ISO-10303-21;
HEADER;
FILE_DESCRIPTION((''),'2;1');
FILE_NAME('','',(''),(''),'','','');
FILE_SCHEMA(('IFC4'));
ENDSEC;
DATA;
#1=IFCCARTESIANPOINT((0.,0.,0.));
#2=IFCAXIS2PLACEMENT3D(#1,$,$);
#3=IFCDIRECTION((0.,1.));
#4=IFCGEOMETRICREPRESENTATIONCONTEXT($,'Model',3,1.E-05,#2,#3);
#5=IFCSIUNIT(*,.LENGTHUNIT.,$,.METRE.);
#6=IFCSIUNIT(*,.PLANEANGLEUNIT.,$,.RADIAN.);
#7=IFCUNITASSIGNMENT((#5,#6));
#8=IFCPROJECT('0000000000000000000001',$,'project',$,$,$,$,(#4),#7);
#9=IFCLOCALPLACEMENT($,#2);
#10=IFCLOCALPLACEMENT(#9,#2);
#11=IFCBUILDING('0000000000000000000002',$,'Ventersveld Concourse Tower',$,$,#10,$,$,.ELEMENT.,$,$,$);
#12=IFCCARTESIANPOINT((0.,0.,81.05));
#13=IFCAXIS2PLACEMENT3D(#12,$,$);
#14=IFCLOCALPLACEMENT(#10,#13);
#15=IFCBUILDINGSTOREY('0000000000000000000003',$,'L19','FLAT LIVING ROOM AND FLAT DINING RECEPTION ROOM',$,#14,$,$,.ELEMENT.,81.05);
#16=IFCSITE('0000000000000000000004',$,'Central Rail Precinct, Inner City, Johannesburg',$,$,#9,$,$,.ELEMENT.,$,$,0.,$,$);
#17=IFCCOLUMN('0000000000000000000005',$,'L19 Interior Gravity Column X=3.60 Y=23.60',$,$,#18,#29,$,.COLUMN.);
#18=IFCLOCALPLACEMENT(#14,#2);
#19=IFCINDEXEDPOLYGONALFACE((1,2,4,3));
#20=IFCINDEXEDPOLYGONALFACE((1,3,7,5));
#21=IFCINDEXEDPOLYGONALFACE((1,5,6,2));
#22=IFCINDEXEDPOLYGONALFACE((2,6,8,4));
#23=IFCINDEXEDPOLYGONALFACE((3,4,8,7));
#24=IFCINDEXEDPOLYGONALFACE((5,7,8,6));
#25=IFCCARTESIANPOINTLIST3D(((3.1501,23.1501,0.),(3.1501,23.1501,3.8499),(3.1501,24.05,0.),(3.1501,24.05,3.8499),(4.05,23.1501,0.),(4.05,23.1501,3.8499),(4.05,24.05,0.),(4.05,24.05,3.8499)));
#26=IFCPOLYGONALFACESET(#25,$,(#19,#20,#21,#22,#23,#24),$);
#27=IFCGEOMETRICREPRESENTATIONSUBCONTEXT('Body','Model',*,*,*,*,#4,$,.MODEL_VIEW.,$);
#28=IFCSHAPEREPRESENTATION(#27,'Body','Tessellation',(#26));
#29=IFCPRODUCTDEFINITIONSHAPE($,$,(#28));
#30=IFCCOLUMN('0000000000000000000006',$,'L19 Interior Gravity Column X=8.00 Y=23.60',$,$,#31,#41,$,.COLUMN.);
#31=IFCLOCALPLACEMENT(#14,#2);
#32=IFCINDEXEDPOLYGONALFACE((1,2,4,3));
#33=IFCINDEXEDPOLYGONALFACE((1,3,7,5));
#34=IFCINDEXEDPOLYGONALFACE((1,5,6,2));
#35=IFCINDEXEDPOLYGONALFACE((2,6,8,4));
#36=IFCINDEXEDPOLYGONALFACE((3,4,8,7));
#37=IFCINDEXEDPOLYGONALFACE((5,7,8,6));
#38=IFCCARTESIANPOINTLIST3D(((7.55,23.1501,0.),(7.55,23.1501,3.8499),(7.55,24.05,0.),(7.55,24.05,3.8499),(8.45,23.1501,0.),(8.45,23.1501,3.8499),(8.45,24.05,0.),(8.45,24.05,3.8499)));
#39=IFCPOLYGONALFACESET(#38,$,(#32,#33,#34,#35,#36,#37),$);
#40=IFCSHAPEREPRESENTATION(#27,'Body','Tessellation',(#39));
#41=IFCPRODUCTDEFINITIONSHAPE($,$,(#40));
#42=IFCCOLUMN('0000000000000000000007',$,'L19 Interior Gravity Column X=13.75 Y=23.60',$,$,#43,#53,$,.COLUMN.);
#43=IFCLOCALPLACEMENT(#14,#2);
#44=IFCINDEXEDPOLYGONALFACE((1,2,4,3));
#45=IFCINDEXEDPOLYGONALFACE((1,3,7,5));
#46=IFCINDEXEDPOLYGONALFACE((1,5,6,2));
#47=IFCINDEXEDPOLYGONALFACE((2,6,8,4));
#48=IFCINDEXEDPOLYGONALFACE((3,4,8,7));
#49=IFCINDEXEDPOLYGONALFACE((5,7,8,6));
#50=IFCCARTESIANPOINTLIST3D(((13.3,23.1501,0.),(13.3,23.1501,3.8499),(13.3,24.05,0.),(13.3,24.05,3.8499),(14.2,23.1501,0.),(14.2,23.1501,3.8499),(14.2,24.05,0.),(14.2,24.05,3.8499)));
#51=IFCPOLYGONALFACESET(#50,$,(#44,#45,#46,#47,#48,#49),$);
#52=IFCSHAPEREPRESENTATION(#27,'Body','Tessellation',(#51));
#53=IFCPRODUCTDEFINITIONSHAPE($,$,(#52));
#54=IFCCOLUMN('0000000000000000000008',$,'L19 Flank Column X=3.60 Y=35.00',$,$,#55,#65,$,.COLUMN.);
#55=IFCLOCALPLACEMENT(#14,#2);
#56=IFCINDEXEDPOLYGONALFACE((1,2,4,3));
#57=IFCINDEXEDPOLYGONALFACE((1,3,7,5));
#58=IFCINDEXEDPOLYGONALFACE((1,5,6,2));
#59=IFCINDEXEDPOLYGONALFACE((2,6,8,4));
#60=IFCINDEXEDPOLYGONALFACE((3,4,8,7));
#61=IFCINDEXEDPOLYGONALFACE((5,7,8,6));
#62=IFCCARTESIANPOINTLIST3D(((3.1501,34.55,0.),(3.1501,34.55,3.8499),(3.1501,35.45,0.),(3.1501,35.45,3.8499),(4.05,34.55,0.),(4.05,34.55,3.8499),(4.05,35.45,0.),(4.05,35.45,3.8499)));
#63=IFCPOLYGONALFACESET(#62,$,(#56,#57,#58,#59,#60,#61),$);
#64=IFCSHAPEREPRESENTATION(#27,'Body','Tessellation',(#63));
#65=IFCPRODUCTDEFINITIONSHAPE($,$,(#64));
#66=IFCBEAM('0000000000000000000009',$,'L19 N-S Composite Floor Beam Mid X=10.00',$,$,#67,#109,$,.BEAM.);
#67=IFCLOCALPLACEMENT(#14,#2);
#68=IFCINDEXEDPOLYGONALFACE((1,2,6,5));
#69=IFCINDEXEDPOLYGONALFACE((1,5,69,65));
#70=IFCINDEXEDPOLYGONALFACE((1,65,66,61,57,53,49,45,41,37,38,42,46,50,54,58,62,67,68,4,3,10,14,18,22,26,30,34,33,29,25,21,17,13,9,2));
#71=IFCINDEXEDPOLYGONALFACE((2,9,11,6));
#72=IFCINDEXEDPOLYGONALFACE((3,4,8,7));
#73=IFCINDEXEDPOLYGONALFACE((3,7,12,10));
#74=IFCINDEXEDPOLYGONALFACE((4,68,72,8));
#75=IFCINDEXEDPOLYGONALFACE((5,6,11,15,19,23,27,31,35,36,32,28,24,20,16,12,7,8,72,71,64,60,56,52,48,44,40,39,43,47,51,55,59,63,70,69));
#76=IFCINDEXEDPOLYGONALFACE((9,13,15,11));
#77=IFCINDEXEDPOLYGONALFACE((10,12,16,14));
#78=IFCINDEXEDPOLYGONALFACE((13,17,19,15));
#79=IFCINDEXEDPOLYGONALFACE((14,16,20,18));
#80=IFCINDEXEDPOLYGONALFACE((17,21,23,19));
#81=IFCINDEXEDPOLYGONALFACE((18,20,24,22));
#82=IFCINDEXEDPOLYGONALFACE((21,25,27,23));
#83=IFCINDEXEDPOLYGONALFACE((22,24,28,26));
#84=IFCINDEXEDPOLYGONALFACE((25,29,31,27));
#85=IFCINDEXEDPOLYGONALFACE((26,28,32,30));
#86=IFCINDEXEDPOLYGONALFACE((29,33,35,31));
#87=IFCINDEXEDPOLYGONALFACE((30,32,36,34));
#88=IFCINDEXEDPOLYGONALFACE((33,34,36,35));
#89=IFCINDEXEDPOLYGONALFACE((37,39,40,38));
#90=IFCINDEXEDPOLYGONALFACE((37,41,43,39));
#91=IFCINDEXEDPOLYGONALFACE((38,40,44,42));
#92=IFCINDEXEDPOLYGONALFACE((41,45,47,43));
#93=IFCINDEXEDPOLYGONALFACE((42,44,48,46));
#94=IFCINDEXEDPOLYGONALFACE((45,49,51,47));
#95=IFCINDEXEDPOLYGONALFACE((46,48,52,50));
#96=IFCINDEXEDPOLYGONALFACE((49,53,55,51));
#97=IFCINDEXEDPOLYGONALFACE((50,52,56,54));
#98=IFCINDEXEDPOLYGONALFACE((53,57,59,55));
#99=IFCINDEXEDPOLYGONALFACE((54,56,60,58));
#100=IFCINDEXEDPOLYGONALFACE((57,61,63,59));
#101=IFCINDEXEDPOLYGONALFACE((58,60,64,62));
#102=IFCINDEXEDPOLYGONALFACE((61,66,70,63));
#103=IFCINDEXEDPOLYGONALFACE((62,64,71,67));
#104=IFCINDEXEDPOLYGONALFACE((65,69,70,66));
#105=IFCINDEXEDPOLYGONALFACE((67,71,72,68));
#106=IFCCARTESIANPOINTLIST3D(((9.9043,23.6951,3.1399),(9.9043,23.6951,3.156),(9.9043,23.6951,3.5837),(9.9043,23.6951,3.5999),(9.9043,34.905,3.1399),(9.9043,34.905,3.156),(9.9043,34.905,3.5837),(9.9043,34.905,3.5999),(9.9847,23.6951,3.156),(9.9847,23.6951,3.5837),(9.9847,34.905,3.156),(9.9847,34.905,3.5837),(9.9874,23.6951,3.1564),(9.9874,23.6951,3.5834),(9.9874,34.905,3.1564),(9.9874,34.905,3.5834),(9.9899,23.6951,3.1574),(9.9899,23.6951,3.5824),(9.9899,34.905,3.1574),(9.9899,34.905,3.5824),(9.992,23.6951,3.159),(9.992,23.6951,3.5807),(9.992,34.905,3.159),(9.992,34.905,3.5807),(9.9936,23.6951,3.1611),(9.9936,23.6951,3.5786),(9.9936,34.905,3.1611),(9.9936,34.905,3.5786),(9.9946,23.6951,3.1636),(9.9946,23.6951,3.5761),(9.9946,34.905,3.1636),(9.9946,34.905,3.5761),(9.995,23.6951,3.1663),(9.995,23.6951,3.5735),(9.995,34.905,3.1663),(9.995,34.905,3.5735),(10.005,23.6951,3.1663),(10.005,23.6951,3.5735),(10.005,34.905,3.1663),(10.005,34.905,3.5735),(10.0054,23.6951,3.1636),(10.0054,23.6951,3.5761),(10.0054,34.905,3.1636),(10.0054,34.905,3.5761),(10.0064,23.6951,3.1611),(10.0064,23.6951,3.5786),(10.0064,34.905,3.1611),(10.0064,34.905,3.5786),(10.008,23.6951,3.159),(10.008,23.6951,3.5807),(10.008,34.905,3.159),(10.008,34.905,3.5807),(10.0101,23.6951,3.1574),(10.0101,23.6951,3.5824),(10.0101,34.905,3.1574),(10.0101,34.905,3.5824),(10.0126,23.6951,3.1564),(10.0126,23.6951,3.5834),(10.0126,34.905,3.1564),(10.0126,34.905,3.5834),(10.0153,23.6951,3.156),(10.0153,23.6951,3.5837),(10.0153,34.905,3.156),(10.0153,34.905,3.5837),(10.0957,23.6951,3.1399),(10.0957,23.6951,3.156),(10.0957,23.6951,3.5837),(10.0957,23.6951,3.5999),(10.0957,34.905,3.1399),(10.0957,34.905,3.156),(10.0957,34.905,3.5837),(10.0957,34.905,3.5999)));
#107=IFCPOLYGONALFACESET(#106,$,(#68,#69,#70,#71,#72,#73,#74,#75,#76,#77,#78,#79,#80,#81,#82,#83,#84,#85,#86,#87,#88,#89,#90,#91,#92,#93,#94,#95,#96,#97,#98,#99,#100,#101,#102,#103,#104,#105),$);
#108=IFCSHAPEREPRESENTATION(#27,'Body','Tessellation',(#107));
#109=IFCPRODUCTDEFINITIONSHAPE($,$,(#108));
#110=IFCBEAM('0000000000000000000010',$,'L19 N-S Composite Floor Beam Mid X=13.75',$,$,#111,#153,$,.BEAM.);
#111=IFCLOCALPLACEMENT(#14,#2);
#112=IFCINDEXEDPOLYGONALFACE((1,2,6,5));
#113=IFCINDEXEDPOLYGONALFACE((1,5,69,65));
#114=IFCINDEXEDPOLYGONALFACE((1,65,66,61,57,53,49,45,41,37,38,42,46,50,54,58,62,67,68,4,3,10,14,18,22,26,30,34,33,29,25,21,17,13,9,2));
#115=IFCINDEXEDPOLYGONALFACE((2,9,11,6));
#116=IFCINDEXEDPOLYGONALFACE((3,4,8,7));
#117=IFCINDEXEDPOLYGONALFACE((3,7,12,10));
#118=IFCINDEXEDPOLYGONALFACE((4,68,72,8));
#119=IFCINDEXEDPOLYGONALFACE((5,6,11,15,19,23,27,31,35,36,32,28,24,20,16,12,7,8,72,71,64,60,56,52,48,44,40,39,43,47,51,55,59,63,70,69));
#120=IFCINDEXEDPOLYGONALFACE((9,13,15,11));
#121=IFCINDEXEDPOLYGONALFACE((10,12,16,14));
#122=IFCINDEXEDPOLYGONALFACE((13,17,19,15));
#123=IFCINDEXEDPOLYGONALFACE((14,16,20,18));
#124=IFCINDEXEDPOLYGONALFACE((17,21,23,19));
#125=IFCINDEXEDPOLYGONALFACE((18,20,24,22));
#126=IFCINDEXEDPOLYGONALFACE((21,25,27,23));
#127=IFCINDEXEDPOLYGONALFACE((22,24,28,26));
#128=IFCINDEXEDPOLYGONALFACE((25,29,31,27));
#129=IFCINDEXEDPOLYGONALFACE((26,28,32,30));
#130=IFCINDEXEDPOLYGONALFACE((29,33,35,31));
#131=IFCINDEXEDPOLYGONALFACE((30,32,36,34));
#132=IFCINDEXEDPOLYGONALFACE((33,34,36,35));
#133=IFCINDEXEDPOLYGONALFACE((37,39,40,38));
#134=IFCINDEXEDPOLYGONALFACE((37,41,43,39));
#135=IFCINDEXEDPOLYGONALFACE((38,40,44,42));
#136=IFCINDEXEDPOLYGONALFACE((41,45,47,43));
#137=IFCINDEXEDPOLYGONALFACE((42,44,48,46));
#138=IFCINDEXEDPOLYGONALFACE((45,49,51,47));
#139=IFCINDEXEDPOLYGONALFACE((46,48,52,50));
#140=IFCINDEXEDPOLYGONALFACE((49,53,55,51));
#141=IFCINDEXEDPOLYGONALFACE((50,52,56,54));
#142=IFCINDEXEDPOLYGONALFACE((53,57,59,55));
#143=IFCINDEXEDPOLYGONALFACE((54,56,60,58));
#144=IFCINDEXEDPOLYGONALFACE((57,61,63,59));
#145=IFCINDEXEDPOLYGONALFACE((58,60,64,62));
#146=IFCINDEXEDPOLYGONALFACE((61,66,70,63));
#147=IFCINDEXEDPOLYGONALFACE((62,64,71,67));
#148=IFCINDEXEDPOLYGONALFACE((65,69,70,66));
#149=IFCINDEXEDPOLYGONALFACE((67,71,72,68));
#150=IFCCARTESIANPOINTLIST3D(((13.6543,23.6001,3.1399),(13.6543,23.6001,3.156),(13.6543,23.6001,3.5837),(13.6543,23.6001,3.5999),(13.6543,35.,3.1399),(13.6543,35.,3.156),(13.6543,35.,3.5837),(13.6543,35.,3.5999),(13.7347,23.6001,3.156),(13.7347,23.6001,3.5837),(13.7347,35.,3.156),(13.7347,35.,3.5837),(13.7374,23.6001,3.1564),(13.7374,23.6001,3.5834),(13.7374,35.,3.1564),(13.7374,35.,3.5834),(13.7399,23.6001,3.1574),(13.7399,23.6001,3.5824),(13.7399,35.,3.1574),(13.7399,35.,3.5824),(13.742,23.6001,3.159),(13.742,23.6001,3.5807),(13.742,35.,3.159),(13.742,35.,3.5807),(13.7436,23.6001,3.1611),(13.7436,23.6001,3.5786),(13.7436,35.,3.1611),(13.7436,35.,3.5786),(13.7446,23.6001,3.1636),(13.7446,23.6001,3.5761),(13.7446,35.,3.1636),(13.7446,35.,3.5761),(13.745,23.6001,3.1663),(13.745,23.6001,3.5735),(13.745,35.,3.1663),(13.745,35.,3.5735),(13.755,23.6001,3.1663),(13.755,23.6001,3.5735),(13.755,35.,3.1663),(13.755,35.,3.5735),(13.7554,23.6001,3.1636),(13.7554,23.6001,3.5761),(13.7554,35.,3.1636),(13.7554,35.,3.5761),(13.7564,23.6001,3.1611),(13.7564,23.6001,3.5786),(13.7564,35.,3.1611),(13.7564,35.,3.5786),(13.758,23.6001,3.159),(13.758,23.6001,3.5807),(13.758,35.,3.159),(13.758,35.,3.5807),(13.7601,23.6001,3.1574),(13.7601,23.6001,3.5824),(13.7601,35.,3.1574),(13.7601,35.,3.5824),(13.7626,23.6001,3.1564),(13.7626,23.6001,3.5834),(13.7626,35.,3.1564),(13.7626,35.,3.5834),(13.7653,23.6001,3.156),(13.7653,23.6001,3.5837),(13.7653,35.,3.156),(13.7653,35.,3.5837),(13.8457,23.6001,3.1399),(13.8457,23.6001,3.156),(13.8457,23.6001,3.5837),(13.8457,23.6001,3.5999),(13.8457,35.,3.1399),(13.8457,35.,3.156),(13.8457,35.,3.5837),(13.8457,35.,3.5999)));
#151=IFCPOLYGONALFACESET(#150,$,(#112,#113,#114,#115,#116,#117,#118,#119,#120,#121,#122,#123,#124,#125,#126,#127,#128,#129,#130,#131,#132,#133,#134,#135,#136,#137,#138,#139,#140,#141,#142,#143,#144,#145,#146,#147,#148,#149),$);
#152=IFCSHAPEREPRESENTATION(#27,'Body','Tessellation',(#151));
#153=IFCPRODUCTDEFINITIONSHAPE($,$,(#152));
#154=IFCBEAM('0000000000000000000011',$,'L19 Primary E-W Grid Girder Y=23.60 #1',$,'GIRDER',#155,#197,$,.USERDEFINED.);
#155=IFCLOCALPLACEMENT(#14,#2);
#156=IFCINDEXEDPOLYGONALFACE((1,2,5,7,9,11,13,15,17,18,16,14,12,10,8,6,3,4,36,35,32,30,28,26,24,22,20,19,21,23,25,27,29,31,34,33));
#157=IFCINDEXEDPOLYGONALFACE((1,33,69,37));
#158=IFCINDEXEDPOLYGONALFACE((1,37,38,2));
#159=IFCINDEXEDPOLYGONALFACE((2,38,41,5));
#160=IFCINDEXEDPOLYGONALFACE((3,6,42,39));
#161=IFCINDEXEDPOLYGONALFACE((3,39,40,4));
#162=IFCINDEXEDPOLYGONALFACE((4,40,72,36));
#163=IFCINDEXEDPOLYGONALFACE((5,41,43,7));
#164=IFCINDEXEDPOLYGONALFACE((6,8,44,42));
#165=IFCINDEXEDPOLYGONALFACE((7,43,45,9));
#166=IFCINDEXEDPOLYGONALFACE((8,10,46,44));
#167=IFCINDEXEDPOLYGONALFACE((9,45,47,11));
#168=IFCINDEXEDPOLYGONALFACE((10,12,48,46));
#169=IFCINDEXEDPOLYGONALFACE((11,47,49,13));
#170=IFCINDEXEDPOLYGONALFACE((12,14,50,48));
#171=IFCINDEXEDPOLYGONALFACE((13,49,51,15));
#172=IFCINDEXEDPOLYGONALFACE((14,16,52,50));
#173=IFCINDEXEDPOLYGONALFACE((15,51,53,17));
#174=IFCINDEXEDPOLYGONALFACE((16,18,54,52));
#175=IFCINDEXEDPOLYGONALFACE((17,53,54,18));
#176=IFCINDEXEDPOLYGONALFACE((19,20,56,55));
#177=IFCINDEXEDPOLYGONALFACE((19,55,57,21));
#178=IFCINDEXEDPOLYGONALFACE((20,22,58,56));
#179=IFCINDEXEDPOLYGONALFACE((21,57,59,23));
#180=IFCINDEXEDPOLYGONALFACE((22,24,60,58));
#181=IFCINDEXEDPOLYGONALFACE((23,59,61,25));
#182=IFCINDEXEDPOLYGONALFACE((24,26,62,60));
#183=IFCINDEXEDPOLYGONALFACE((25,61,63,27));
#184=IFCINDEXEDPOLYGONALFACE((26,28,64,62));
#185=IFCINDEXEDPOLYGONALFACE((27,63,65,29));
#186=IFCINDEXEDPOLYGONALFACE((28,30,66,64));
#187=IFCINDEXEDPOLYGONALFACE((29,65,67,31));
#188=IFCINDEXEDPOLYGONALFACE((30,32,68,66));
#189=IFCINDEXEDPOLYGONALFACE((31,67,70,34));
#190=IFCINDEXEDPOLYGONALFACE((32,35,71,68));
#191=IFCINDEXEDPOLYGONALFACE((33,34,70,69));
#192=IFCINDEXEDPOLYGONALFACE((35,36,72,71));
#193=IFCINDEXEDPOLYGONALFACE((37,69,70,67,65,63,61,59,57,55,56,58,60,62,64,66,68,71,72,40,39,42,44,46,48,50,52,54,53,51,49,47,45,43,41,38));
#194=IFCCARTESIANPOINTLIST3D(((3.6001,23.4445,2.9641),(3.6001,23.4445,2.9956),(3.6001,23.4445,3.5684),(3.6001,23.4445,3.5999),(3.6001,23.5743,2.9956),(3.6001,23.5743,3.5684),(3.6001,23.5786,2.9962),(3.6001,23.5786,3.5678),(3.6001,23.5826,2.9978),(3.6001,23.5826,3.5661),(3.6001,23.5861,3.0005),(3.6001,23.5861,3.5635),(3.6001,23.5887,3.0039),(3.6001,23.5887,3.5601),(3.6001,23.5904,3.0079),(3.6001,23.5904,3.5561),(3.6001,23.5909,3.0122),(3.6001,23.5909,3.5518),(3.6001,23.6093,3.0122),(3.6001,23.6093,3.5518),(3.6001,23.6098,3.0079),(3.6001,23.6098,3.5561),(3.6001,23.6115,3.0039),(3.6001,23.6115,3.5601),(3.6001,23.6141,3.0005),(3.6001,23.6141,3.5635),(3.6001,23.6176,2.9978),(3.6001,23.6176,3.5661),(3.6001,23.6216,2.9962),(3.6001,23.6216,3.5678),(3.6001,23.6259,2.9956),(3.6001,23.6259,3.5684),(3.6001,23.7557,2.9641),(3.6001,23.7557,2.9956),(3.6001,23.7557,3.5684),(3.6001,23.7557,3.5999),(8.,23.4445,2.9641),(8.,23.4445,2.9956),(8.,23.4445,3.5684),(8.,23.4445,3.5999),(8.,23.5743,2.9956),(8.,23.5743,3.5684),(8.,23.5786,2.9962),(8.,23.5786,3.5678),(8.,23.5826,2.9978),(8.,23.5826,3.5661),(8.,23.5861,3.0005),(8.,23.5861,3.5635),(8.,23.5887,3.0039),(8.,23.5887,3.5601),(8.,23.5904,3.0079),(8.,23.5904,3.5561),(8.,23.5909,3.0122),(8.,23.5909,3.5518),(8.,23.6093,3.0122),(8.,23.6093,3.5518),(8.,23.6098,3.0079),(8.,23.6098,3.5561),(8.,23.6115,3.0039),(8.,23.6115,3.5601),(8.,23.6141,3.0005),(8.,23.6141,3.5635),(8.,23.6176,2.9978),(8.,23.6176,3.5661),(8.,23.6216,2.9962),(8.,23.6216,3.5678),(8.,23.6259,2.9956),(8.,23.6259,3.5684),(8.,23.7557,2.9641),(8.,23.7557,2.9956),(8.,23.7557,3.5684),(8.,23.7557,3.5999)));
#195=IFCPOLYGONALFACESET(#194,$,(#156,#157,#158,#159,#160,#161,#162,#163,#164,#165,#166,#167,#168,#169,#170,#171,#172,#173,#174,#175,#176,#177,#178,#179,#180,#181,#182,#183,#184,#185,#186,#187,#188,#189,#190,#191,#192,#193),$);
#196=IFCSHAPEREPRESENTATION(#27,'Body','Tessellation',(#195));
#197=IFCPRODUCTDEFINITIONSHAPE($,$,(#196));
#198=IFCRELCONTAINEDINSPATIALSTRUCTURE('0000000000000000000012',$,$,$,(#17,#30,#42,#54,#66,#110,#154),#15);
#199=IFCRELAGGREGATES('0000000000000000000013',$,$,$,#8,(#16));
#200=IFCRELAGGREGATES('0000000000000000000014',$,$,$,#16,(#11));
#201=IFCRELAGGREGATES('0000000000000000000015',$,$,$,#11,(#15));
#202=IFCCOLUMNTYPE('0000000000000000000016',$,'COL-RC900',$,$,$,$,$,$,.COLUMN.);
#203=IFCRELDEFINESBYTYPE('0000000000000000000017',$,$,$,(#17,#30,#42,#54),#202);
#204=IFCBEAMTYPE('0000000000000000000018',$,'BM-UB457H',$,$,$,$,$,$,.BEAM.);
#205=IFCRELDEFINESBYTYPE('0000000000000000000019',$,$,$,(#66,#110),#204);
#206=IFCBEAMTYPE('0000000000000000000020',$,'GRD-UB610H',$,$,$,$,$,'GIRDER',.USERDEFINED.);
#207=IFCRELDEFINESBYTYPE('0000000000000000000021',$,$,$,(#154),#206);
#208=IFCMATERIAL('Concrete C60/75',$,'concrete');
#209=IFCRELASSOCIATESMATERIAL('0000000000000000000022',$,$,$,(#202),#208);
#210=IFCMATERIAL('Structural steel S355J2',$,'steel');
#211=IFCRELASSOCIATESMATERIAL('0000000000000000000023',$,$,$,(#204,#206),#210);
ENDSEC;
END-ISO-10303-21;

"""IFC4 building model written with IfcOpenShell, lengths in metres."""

from ifc_helpers import new_model, si_unit, direction, frame, origin, origin_2d, place, context, subcontext, project, spatial, rectangle, i_section, extrude, material, material_profile, profile_set, type_object, element, save


model = new_model("IFC4")

# Units and contexts
model_context = context("Model", 3, precision=1e-05, world=origin(), true_north=direction((0.0, 1.0)))
body_context = subcontext(model_context, "Body", "Model", "MODEL_VIEW")
ifc_project = project(units=[si_unit("LENGTHUNIT", "METRE"), si_unit("PLANEANGLEUNIT", "RADIAN")], contexts=[model_context])

# Site, building, storey
site_placement = place(None, origin())
site = spatial("IfcSite", under=ifc_project, at=site_placement, Name="Central Rail Precinct, Inner City, Johannesburg", CompositionType="ELEMENT", RefElevation=0.0)
building_placement = place(site_placement, origin())
building = spatial("IfcBuilding", under=site, at=building_placement, Name="Ventersveld Concourse Tower", CompositionType="ELEMENT")
storey_placement = place(building_placement, frame((0.0, 0.0, 81.05)))
storey = spatial("IfcBuildingStorey", under=building, at=storey_placement, Name="L19", Description="FLAT LIVING ROOM AND FLAT DINING RECEPTION ROOM", CompositionType="ELEMENT", Elevation=81.05)

# Columns
ifc_material_1 = material(Name="Concrete C60/75", Category="concrete")
ifc_material_profile_1 = material_profile(ifc_material_1, rectangle(XDim=0.8999, YDim=0.8999, at=origin_2d()), Name="RC 900x900")
ifc_profile_set_1 = profile_set([ifc_material_profile_1], Name="Concrete C60/75")
column_type = type_object("IfcColumnType", Name="COL-RC900", PredefinedType="COLUMN", material=ifc_profile_set_1)
for number, where, z_axis, x_axis, name in (
    (1, (3.6001, 23.6001, 0.0), (0.0, 0.0, 1.0), (1.0, 0.0, 0.0), "L19 Interior Gravity Column X=3.60 Y=23.60"),
    (2, (8.0, 23.6001, 0.0), (0.0, 0.0, 1.0), (1.0, 0.0, 0.0), "L19 Interior Gravity Column X=8.00 Y=23.60"),
    (3, (13.75, 23.6001, 0.0), (0.0, 0.0, 1.0), (1.0, 0.0, 0.0), "L19 Interior Gravity Column X=13.75 Y=23.60"),
    (4, (3.6001, 35.0, 0.0), (0.0, 0.0, 1.0), (1.0, 0.0, 0.0), "L19 Flank Column X=3.60 Y=35.00"),
):
    element("IfcColumn", number, at=place(storey_placement, frame(where, z_axis=z_axis, x_axis=x_axis)), inside=storey, type_object=column_type, Name=name, PredefinedType="COLUMN", context=body_context, shape_type="SweptSolid", body=[
        extrude(rectangle(XDim=0.8999, YDim=0.8999, at=origin_2d()), origin(), (0.0, 0.0, 1.0), 3.8499),
    ])

# Beams
ifc_material_2 = material(Name="Structural steel S355J2", Category="steel")
ifc_material_profile_2 = material_profile(ifc_material_2, i_section(OverallWidth=0.1914, OverallDepth=0.46, WebThickness=0.01, FlangeThickness=0.0161, FilletRadius=0.0103, at=origin_2d()), Name="UB 457x191x82")
ifc_profile_set_2 = profile_set([ifc_material_profile_2], Name="Structural steel S355J2")
beam_type_1 = type_object("IfcBeamType", Name="BM-UB457H", PredefinedType="BEAM", material=ifc_profile_set_2)
beam_1_placement = place(storey_placement, frame((10.0, 23.6951, 3.3699), z_axis=(0.0, 1.0, 0.0), x_axis=(-1.0, 0.0, 0.0)))
element("IfcBeam", 5, at=beam_1_placement, inside=storey, type_object=beam_type_1, Name="L19 N-S Composite Floor Beam Mid X=10.00", PredefinedType="BEAM", context=body_context, shape_type="SweptSolid", body=[
    extrude(i_section(OverallWidth=0.1914, OverallDepth=0.46, WebThickness=0.01, FlangeThickness=0.0161, FilletRadius=0.0103, at=origin_2d()), origin(), (0.0, 0.0, 1.0), 11.21),
])
beam_2_placement = place(storey_placement, frame((13.75, 23.6001, 3.3699), z_axis=(0.0, 1.0, 0.0), x_axis=(-1.0, 0.0, 0.0)))
element("IfcBeam", 6, at=beam_2_placement, inside=storey, type_object=beam_type_1, Name="L19 N-S Composite Floor Beam Mid X=13.75", PredefinedType="BEAM", context=body_context, shape_type="SweptSolid", body=[
    extrude(i_section(OverallWidth=0.1914, OverallDepth=0.46, WebThickness=0.01, FlangeThickness=0.0161, FilletRadius=0.0103, at=origin_2d()), origin(), (0.0, 0.0, 1.0), 11.3999),
])
ifc_material_profile_3 = material_profile(ifc_material_2, i_section(OverallWidth=0.3113, OverallDepth=0.6357, WebThickness=0.0183, FlangeThickness=0.0315, FilletRadius=0.0166, at=origin_2d()), Name="UB 610x305x238")
ifc_profile_set_3 = profile_set([ifc_material_profile_3], Name="Structural steel S355J2")
beam_type_2 = type_object("IfcBeamType", Name="GRD-UB610H", ElementType="GIRDER", PredefinedType="USERDEFINED", material=ifc_profile_set_3)
beam_3_placement = place(storey_placement, frame((3.6001, 23.6001, 3.282), z_axis=(1.0, 0.0, 0.0), x_axis=(0.0, 1.0, 0.0)))
element("IfcBeam", 7, at=beam_3_placement, inside=storey, type_object=beam_type_2, Name="L19 Primary E-W Grid Girder Y=23.60 #1", ObjectType="GIRDER", PredefinedType="USERDEFINED", context=body_context, shape_type="SweptSolid", body=[
    extrude(i_section(OverallWidth=0.3113, OverallDepth=0.6357, WebThickness=0.0183, FlangeThickness=0.0315, FilletRadius=0.0166, at=origin_2d()), origin(), (0.0, 0.0, 1.0), 4.3999),
])

save(model, "model.ifc")
